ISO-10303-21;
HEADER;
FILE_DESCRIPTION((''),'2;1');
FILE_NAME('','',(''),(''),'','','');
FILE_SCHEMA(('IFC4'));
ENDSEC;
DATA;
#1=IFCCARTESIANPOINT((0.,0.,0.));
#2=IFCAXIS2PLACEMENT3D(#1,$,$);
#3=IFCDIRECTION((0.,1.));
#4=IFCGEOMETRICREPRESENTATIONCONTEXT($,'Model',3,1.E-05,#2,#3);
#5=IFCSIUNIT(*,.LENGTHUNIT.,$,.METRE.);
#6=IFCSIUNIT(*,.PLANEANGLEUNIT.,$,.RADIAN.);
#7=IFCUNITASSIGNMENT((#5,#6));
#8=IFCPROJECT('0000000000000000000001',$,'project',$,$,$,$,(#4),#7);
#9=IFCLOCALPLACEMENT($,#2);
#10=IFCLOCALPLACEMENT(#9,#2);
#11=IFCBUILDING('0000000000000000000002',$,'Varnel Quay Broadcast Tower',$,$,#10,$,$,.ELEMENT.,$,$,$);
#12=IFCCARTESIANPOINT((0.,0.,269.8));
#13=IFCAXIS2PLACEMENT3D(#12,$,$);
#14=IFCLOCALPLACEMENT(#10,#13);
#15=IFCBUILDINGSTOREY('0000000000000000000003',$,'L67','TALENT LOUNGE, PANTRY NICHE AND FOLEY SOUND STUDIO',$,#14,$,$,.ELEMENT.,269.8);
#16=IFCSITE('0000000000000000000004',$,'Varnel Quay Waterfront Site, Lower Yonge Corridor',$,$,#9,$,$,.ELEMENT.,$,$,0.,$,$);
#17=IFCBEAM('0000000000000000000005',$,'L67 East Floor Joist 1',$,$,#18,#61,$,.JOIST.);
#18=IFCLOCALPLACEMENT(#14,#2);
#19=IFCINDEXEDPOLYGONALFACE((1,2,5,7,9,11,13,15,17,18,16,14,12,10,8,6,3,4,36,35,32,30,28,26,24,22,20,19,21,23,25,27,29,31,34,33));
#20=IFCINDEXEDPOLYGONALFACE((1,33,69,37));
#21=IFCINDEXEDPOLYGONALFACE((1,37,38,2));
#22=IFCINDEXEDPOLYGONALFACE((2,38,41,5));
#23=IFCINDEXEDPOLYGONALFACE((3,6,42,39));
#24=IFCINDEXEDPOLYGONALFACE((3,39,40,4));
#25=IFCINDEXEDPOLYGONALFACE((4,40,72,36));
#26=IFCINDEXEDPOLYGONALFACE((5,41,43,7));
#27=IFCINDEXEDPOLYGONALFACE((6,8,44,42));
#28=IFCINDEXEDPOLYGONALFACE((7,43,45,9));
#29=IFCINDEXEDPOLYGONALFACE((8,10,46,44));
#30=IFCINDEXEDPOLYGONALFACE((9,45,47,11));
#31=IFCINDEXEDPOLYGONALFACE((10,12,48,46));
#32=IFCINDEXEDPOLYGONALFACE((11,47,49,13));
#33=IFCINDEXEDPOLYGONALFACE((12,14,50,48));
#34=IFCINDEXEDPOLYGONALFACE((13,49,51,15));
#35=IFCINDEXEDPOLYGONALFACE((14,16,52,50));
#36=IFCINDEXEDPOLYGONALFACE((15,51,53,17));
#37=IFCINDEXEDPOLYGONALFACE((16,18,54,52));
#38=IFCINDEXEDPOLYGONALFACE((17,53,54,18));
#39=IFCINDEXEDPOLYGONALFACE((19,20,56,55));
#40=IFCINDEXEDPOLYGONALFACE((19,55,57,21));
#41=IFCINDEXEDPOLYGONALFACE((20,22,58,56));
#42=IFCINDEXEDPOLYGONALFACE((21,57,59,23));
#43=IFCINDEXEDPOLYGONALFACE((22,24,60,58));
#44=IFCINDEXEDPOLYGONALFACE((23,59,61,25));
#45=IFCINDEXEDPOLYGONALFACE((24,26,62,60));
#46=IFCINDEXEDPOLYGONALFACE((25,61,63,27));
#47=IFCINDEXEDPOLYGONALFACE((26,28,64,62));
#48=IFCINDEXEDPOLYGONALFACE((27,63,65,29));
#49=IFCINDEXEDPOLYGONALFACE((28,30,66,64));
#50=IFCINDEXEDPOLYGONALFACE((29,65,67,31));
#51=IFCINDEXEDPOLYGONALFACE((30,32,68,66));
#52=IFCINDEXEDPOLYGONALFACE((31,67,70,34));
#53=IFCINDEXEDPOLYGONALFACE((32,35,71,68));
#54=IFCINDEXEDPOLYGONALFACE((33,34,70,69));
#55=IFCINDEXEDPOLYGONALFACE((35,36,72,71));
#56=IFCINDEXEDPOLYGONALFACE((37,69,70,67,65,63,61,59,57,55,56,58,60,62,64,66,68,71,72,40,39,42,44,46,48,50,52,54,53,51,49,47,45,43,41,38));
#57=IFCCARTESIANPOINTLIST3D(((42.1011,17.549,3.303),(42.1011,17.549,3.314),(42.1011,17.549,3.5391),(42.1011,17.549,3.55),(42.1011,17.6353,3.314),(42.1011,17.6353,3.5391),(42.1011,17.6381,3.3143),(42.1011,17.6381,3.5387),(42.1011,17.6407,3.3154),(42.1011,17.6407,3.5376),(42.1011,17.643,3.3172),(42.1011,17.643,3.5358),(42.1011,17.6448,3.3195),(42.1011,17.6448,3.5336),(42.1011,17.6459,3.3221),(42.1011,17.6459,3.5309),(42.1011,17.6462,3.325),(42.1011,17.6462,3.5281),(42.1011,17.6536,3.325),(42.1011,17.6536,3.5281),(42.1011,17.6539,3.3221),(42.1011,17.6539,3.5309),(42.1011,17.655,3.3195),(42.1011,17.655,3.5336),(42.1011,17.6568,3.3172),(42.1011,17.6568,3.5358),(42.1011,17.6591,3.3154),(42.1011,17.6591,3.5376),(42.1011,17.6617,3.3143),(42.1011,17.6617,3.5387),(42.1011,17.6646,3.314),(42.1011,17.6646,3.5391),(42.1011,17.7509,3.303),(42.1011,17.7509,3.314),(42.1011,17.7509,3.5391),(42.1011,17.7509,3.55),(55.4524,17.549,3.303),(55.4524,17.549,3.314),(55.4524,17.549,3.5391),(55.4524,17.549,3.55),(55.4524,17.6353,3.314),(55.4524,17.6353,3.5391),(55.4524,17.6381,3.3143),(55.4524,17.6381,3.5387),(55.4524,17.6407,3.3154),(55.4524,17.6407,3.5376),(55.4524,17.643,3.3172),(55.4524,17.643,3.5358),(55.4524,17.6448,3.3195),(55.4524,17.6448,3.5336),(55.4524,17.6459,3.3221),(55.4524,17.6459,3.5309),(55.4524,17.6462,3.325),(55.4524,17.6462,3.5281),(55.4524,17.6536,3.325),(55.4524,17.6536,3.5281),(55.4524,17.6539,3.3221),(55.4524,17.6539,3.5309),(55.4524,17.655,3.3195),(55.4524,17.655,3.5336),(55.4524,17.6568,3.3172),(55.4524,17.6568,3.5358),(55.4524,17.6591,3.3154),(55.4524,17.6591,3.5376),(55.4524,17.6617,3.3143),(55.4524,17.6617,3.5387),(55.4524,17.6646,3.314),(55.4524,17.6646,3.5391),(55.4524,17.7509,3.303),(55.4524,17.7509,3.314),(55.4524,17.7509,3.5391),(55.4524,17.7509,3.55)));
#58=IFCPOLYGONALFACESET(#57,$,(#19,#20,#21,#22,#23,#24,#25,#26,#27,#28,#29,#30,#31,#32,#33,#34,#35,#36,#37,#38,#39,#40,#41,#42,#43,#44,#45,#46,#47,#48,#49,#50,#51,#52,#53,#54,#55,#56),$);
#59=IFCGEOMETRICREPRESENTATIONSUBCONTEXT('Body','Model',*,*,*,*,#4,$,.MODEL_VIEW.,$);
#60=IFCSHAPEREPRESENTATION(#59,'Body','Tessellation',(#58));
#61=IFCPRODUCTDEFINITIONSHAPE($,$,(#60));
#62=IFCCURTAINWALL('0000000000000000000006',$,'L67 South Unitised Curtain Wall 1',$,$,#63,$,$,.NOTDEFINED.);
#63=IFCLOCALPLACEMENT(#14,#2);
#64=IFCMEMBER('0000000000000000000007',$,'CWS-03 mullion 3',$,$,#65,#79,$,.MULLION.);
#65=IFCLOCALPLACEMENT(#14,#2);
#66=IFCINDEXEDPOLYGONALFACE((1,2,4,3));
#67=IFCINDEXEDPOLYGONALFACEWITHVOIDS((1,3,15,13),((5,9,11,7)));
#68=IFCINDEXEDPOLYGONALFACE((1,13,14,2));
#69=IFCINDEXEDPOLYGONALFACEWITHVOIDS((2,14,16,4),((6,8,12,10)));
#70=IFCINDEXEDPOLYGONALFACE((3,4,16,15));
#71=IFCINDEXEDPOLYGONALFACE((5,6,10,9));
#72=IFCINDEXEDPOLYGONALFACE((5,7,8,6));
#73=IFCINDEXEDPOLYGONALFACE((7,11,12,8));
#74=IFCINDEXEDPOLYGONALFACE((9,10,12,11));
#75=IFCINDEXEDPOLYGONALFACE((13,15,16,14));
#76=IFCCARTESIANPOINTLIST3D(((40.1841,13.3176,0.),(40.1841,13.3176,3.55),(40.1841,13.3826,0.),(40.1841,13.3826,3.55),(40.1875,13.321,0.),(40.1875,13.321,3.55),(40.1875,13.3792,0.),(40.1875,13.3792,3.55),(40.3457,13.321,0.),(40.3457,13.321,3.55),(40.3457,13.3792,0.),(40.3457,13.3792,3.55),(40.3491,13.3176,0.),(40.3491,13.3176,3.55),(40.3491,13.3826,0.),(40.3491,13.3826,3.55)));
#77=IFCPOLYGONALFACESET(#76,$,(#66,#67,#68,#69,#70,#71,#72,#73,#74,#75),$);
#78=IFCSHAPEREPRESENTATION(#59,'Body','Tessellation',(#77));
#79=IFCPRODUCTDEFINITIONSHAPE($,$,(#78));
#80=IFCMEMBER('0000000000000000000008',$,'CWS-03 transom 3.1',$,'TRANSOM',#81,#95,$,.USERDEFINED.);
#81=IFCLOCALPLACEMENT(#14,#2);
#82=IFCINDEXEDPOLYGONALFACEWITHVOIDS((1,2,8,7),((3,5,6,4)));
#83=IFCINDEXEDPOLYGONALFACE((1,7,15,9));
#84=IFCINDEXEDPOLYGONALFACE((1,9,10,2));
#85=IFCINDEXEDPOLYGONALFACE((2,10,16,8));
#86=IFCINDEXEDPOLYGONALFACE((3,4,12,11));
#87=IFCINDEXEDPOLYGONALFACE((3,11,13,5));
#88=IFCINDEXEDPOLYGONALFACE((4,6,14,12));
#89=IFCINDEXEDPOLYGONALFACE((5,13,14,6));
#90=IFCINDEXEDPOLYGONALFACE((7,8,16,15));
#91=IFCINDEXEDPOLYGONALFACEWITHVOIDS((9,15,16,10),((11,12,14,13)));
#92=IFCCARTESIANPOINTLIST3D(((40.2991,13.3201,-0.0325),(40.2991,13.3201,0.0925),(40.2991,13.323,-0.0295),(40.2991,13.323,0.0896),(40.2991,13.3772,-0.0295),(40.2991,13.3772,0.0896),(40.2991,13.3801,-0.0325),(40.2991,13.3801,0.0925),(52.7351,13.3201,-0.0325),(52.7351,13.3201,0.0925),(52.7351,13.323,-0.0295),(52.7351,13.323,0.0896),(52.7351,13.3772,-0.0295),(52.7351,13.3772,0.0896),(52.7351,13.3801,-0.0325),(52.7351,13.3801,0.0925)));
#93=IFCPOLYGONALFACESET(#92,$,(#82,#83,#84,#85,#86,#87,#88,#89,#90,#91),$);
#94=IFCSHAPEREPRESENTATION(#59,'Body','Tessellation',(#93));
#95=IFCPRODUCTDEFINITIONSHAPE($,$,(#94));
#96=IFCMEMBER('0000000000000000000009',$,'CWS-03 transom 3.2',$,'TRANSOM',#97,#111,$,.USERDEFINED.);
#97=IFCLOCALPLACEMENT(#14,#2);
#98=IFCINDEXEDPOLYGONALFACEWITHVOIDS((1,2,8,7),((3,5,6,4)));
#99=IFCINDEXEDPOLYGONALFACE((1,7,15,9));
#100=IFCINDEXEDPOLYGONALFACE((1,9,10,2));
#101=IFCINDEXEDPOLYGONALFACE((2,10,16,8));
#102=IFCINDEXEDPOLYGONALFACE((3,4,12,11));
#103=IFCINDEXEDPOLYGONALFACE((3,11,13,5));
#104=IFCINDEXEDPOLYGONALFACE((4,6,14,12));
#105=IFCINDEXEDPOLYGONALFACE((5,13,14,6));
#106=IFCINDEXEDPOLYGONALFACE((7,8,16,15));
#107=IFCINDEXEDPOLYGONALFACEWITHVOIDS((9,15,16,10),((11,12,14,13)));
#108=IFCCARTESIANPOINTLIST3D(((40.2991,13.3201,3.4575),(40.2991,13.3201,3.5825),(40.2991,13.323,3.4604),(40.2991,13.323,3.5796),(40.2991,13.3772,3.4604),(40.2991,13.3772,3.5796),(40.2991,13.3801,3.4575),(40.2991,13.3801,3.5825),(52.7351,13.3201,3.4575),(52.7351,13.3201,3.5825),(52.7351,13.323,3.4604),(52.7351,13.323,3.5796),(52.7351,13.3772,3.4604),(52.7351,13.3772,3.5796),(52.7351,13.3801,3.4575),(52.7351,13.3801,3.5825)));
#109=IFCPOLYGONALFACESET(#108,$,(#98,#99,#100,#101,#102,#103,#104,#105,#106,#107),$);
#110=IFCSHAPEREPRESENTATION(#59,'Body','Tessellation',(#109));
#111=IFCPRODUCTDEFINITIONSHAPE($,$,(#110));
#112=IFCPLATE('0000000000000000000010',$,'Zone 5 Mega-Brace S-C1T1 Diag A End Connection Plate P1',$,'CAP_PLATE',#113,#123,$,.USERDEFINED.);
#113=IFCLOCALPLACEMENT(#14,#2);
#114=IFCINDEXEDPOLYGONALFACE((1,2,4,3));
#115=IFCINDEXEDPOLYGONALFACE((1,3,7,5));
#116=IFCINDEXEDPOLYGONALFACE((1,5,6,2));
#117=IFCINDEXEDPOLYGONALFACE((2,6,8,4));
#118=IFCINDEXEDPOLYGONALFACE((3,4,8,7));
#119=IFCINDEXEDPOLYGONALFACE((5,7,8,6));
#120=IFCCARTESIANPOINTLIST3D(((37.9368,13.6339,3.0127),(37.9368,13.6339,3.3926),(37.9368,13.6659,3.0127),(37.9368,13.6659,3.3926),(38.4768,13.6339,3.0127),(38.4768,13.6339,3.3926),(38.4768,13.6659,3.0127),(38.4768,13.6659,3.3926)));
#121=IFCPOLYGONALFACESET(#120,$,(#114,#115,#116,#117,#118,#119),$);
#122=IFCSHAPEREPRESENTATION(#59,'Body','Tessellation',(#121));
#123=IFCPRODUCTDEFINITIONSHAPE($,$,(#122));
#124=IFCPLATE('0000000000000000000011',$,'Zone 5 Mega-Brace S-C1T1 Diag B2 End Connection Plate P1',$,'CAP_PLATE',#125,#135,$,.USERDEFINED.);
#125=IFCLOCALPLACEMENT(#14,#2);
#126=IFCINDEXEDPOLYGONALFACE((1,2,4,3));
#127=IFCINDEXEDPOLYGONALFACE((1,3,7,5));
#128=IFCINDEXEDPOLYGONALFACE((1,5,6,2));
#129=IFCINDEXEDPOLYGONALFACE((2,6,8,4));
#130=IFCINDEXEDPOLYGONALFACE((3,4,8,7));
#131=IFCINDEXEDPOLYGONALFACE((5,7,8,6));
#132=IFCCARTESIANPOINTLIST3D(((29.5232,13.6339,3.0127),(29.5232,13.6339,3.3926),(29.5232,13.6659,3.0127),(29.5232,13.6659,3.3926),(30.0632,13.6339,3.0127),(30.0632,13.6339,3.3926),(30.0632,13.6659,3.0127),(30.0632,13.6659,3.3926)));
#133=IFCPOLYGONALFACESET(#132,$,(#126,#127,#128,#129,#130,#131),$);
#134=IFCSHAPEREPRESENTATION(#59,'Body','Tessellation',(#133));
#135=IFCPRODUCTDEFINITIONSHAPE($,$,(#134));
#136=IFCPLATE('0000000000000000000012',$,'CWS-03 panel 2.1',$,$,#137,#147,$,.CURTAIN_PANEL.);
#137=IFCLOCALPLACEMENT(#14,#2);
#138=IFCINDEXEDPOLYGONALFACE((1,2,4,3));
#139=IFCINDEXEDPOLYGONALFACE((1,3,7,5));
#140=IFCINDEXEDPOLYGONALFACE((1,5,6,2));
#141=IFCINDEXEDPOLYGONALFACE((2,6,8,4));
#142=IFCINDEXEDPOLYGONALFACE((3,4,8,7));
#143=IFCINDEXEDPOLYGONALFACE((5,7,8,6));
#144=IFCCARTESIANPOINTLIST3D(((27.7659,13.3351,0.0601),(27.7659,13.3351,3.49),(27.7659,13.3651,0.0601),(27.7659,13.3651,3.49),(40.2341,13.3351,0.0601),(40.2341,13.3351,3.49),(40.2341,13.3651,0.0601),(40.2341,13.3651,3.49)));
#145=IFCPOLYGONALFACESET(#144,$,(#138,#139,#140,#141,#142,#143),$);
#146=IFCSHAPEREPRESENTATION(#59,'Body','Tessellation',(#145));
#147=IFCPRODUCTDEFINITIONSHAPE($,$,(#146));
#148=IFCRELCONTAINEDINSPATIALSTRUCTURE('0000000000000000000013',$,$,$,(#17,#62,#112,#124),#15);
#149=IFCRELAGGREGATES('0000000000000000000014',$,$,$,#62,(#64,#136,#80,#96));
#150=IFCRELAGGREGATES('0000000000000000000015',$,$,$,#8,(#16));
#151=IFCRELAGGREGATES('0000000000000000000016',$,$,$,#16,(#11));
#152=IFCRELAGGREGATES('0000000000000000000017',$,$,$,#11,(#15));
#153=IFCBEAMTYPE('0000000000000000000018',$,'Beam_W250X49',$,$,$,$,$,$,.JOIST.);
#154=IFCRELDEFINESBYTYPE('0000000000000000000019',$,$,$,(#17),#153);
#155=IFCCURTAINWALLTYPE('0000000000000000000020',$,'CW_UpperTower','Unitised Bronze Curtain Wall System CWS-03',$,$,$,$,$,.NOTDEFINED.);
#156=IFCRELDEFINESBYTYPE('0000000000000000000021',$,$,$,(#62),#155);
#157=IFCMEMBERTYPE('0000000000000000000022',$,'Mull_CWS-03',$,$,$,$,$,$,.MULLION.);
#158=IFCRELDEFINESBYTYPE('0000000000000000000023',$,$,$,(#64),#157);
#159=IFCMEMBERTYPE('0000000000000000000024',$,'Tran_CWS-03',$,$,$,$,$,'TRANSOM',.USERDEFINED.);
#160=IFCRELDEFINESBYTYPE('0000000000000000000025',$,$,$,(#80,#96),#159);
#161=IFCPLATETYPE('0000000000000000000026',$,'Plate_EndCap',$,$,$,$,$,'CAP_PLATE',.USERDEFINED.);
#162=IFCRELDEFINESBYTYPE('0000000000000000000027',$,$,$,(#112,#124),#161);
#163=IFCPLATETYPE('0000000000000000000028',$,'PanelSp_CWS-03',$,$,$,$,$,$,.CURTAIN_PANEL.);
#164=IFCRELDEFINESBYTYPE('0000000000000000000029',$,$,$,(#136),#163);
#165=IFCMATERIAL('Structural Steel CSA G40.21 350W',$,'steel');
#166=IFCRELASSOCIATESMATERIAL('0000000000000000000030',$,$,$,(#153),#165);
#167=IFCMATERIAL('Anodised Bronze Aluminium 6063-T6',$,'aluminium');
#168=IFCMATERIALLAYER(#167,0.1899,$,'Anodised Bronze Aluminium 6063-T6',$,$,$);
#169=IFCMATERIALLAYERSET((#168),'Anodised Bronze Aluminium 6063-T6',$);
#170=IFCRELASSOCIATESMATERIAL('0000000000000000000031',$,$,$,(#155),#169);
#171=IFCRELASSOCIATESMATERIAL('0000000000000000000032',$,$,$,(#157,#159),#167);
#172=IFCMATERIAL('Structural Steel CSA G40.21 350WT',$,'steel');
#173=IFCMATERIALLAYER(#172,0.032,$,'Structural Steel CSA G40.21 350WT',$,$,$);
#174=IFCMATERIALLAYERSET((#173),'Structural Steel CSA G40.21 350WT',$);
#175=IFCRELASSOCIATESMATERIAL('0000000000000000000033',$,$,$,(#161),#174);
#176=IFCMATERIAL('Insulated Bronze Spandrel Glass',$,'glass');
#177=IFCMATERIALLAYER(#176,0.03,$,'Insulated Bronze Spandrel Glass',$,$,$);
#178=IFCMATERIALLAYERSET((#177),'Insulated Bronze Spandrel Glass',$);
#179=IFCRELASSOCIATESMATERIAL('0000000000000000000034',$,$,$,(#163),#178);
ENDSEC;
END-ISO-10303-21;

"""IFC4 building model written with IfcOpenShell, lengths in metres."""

from ifc_helpers import new_model, si_unit, direction, frame, origin, origin_2d, place, context, subcontext, project, spatial, rectangle, hollow_rectangle, i_section, extrude, source, transform, mapped, material, layer, layer_set, material_profile, profile_set, type_object, type_shapes, element, aggregate, save


model = new_model("IFC4")

# Units and contexts
model_context = context("Model", 3, precision=1e-05, world=origin(), true_north=direction((0.0, 1.0)))
body_context = subcontext(model_context, "Body", "Model", "MODEL_VIEW")
ifc_project = project(units=[si_unit("LENGTHUNIT", "METRE"), si_unit("PLANEANGLEUNIT", "RADIAN")], contexts=[model_context])

# Site, building, storey
site_placement = place(None, origin())
site = spatial("IfcSite", under=ifc_project, at=site_placement, Name="Varnel Quay Waterfront Site, Lower Yonge Corridor", CompositionType="ELEMENT", RefElevation=0.0)
building_placement = place(site_placement, origin())
building = spatial("IfcBuilding", under=site, at=building_placement, Name="Varnel Quay Broadcast Tower", CompositionType="ELEMENT")
storey_placement = place(building_placement, frame((0.0, 0.0, 269.8)))
storey = spatial("IfcBuildingStorey", under=building, at=storey_placement, Name="L67", Description="TALENT LOUNGE, PANTRY NICHE AND FOLEY SOUND STUDIO", CompositionType="ELEMENT", Elevation=269.8)

# Shared definitions
ifc_material_1 = material(Name="Structural Steel CSA G40.21 350W", Category="steel")

# Beam
ifc_material_profile_1 = material_profile(ifc_material_1, i_section(OverallWidth=0.2019, OverallDepth=0.2471, WebThickness=0.0073, FlangeThickness=0.011, FilletRadius=0.011, at=origin_2d()), Name="W250X49")
ifc_profile_set_1 = profile_set([ifc_material_profile_1], Name="Structural Steel CSA G40.21 350W")
beam_type_1 = type_object("IfcBeamType", Name="Beam_W250X49", PredefinedType="JOIST", material=ifc_profile_set_1)
shared_shape_1 = source(origin(), body_context, "Body", "SweptSolid", [
    extrude(i_section(OverallWidth=0.2019, OverallDepth=0.2471, WebThickness=0.0073, FlangeThickness=0.011, FilletRadius=0.011, at=origin_2d()), origin(), (0.0, 0.0, 1.0), 13.3513),
])
type_shapes(beam_type_1, [shared_shape_1])
beam_1_placement = place(storey_placement, frame((42.1011, 17.6499, 3.4265), z_axis=(1.0, 0.0, 0.0), x_axis=(0.0, 1.0, 0.0)))
element("IfcBeam", 1, at=beam_1_placement, inside=storey, type_object=beam_type_1, Name="L67 East Floor Joist 1", PredefinedType="JOIST", context=body_context, shape_type="MappedRepresentation", body=[
    mapped(shared_shape_1, transform((0.0, 0.0, 0.0), x_axis=(1.0, 0.0, 0.0), y_axis=(0.0, 1.0, 0.0), z_axis=(0.0, 0.0, 1.0), scale=1.0)),
])

# Curtain wall, members
ifc_material_2 = material(Name="Anodised Bronze Aluminium 6063-T6", Category="aluminium")
ifc_layer_1 = layer(ifc_material_2, 0.1899, Name="Anodised Bronze Aluminium 6063-T6")
ifc_layer_set_1 = layer_set([ifc_layer_1], Name="Anodised Bronze Aluminium 6063-T6")
curtain_wall_type = type_object("IfcCurtainWallType", Name="CW_UpperTower", Description="Unitised Bronze Curtain Wall System CWS-03", PredefinedType="NOTDEFINED", material=ifc_layer_set_1)
curtain_wall_placement = place(storey_placement, origin())
curtain_wall = element("IfcCurtainWall", 2, at=curtain_wall_placement, inside=storey, type_object=curtain_wall_type, Name="L67 South Unitised Curtain Wall 1", PredefinedType="NOTDEFINED")
ifc_material_profile_2 = material_profile(ifc_material_2, hollow_rectangle(XDim=0.0649, YDim=0.165, WallThickness=0.0034, at=origin_2d()), Name="ALU65X165X3.5")
ifc_profile_set_2 = profile_set([ifc_material_profile_2], Name="Anodised Bronze Aluminium 6063-T6")
member_type_1 = type_object("IfcMemberType", Name="Mull_CWS-03", PredefinedType="MULLION", material=ifc_profile_set_2)
shared_shape_2 = source(origin(), body_context, "Body", "SweptSolid", [
    extrude(hollow_rectangle(XDim=0.0649, YDim=0.165, WallThickness=0.0034, at=origin_2d()), origin(), (0.0, 0.0, 1.0), 3.55),
])
type_shapes(member_type_1, [shared_shape_2])
member_1_placement = place(storey_placement, frame((40.2666, 13.3501, 0.0), z_axis=(0.0, 0.0, 1.0), x_axis=(0.0, 1.0, 0.0)))
member_1 = element("IfcMember", 3, at=member_1_placement, type_object=member_type_1, Name="CWS-03 mullion 3", PredefinedType="MULLION", context=body_context, shape_type="MappedRepresentation", body=[
    mapped(shared_shape_2, transform((0.0, 0.0, 0.0), x_axis=(1.0, 0.0, 0.0), y_axis=(0.0, 1.0, 0.0), z_axis=(0.0, 0.0, 1.0), scale=1.0)),
])
ifc_material_profile_3 = material_profile(ifc_material_2, hollow_rectangle(XDim=0.0601, YDim=0.125, WallThickness=0.0029, at=origin_2d()), Name="ALU60X125X3")
ifc_profile_set_3 = profile_set([ifc_material_profile_3], Name="Anodised Bronze Aluminium 6063-T6")
member_type_2 = type_object("IfcMemberType", Name="Tran_CWS-03", ElementType="TRANSOM", PredefinedType="USERDEFINED", material=ifc_profile_set_3)
shared_shape_3 = source(origin(), body_context, "Body", "SweptSolid", [
    extrude(hollow_rectangle(XDim=0.0601, YDim=0.125, WallThickness=0.0029, at=origin_2d()), origin(), (0.0, 0.0, 1.0), 12.436),
])
type_shapes(member_type_2, [shared_shape_3])
member_2_placement = place(storey_placement, frame((40.2991, 13.3501, 0.03), z_axis=(1.0, 0.0, 0.0), x_axis=(0.0, 1.0, 0.0)))
member_2 = element("IfcMember", 4, at=member_2_placement, type_object=member_type_2, Name="CWS-03 transom 3.1", ObjectType="TRANSOM", PredefinedType="USERDEFINED", context=body_context, shape_type="MappedRepresentation", body=[
    mapped(shared_shape_3, transform((0.0, 0.0, 0.0), x_axis=(1.0, 0.0, 0.0), y_axis=(0.0, 1.0, 0.0), z_axis=(0.0, 0.0, 1.0), scale=1.0)),
])
member_3_placement = place(storey_placement, frame((40.2991, 13.3501, 3.52), z_axis=(1.0, 0.0, 0.0), x_axis=(0.0, 1.0, 0.0)))
member_3 = element("IfcMember", 5, at=member_3_placement, type_object=member_type_2, Name="CWS-03 transom 3.2", ObjectType="TRANSOM", PredefinedType="USERDEFINED", context=body_context, shape_type="MappedRepresentation", body=[
    mapped(shared_shape_3, transform((0.0, 0.0, 0.0), x_axis=(1.0, 0.0, 0.0), y_axis=(0.0, 1.0, 0.0), z_axis=(0.0, 0.0, 1.0), scale=1.0)),
])

# Plates
ifc_material_3 = material(Name="Structural Steel CSA G40.21 350WT", Category="steel")
ifc_layer_2 = layer(ifc_material_3, 0.032, Name="Structural Steel CSA G40.21 350WT")
ifc_layer_set_2 = layer_set([ifc_layer_2], Name="Structural Steel CSA G40.21 350WT")
plate_type_1 = type_object("IfcPlateType", Name="Plate_EndCap", ElementType="CAP_PLATE", PredefinedType="USERDEFINED", material=ifc_layer_set_2)
shared_shape_4 = source(origin(), body_context, "Body", "SweptSolid", [
    extrude(rectangle(XDim=0.54, YDim=0.032, at=origin_2d()), origin(), (0.0, 0.0, 1.0), 0.3799),
])
type_shapes(plate_type_1, [shared_shape_4])
for number, where, z_axis, x_axis, name in (
    (6, (38.2068, 13.6499, 3.0127), (0.0, 0.0, 1.0), (1.0, 0.0, 0.0), "Zone 5 Mega-Brace S-C1T1 Diag A End Connection Plate P1"),
    (7, (29.7932, 13.6499, 3.0127), (0.0, 0.0, 1.0), (1.0, 0.0, 0.0), "Zone 5 Mega-Brace S-C1T1 Diag B2 End Connection Plate P1"),
):
    element("IfcPlate", number, at=place(storey_placement, frame(where, z_axis=z_axis, x_axis=x_axis)), inside=storey, type_object=plate_type_1, Name=name, ObjectType="CAP_PLATE", PredefinedType="USERDEFINED", context=body_context, shape_type="MappedRepresentation", body=[
        mapped(shared_shape_4, transform((0.0, 0.0, 0.0), x_axis=(1.0, 0.0, 0.0), y_axis=(0.0, 1.0, 0.0), z_axis=(0.0, 0.0, 1.0), scale=1.0)),
    ])

# Plate
ifc_material_4 = material(Name="Insulated Bronze Spandrel Glass", Category="glass")
ifc_layer_3 = layer(ifc_material_4, 0.03, Name="Insulated Bronze Spandrel Glass")
ifc_layer_set_3 = layer_set([ifc_layer_3], Name="Insulated Bronze Spandrel Glass")
plate_type_2 = type_object("IfcPlateType", Name="PanelSp_CWS-03", PredefinedType="CURTAIN_PANEL", material=ifc_layer_set_3)
shared_shape_5 = source(origin(), body_context, "Body", "SweptSolid", [
    extrude(rectangle(XDim=12.4683, YDim=0.03, at=origin_2d()), origin(), (0.0, 0.0, 1.0), 3.4299),
])
type_shapes(plate_type_2, [shared_shape_5])
plate_placement = place(storey_placement, frame((34.0, 13.3501, 0.0601), z_axis=(0.0, 0.0, 1.0), x_axis=(1.0, 0.0, 0.0)))
plate = element("IfcPlate", 8, at=plate_placement, type_object=plate_type_2, Name="CWS-03 panel 2.1", PredefinedType="CURTAIN_PANEL", context=body_context, shape_type="MappedRepresentation", body=[
    mapped(shared_shape_5, transform((0.0, 0.0, 0.0), x_axis=(1.0, 0.0, 0.0), y_axis=(0.0, 1.0, 0.0), z_axis=(0.0, 0.0, 1.0), scale=1.0)),
])
aggregate(curtain_wall, [member_1, plate, member_2, member_3])

save(model, "model.ifc")
